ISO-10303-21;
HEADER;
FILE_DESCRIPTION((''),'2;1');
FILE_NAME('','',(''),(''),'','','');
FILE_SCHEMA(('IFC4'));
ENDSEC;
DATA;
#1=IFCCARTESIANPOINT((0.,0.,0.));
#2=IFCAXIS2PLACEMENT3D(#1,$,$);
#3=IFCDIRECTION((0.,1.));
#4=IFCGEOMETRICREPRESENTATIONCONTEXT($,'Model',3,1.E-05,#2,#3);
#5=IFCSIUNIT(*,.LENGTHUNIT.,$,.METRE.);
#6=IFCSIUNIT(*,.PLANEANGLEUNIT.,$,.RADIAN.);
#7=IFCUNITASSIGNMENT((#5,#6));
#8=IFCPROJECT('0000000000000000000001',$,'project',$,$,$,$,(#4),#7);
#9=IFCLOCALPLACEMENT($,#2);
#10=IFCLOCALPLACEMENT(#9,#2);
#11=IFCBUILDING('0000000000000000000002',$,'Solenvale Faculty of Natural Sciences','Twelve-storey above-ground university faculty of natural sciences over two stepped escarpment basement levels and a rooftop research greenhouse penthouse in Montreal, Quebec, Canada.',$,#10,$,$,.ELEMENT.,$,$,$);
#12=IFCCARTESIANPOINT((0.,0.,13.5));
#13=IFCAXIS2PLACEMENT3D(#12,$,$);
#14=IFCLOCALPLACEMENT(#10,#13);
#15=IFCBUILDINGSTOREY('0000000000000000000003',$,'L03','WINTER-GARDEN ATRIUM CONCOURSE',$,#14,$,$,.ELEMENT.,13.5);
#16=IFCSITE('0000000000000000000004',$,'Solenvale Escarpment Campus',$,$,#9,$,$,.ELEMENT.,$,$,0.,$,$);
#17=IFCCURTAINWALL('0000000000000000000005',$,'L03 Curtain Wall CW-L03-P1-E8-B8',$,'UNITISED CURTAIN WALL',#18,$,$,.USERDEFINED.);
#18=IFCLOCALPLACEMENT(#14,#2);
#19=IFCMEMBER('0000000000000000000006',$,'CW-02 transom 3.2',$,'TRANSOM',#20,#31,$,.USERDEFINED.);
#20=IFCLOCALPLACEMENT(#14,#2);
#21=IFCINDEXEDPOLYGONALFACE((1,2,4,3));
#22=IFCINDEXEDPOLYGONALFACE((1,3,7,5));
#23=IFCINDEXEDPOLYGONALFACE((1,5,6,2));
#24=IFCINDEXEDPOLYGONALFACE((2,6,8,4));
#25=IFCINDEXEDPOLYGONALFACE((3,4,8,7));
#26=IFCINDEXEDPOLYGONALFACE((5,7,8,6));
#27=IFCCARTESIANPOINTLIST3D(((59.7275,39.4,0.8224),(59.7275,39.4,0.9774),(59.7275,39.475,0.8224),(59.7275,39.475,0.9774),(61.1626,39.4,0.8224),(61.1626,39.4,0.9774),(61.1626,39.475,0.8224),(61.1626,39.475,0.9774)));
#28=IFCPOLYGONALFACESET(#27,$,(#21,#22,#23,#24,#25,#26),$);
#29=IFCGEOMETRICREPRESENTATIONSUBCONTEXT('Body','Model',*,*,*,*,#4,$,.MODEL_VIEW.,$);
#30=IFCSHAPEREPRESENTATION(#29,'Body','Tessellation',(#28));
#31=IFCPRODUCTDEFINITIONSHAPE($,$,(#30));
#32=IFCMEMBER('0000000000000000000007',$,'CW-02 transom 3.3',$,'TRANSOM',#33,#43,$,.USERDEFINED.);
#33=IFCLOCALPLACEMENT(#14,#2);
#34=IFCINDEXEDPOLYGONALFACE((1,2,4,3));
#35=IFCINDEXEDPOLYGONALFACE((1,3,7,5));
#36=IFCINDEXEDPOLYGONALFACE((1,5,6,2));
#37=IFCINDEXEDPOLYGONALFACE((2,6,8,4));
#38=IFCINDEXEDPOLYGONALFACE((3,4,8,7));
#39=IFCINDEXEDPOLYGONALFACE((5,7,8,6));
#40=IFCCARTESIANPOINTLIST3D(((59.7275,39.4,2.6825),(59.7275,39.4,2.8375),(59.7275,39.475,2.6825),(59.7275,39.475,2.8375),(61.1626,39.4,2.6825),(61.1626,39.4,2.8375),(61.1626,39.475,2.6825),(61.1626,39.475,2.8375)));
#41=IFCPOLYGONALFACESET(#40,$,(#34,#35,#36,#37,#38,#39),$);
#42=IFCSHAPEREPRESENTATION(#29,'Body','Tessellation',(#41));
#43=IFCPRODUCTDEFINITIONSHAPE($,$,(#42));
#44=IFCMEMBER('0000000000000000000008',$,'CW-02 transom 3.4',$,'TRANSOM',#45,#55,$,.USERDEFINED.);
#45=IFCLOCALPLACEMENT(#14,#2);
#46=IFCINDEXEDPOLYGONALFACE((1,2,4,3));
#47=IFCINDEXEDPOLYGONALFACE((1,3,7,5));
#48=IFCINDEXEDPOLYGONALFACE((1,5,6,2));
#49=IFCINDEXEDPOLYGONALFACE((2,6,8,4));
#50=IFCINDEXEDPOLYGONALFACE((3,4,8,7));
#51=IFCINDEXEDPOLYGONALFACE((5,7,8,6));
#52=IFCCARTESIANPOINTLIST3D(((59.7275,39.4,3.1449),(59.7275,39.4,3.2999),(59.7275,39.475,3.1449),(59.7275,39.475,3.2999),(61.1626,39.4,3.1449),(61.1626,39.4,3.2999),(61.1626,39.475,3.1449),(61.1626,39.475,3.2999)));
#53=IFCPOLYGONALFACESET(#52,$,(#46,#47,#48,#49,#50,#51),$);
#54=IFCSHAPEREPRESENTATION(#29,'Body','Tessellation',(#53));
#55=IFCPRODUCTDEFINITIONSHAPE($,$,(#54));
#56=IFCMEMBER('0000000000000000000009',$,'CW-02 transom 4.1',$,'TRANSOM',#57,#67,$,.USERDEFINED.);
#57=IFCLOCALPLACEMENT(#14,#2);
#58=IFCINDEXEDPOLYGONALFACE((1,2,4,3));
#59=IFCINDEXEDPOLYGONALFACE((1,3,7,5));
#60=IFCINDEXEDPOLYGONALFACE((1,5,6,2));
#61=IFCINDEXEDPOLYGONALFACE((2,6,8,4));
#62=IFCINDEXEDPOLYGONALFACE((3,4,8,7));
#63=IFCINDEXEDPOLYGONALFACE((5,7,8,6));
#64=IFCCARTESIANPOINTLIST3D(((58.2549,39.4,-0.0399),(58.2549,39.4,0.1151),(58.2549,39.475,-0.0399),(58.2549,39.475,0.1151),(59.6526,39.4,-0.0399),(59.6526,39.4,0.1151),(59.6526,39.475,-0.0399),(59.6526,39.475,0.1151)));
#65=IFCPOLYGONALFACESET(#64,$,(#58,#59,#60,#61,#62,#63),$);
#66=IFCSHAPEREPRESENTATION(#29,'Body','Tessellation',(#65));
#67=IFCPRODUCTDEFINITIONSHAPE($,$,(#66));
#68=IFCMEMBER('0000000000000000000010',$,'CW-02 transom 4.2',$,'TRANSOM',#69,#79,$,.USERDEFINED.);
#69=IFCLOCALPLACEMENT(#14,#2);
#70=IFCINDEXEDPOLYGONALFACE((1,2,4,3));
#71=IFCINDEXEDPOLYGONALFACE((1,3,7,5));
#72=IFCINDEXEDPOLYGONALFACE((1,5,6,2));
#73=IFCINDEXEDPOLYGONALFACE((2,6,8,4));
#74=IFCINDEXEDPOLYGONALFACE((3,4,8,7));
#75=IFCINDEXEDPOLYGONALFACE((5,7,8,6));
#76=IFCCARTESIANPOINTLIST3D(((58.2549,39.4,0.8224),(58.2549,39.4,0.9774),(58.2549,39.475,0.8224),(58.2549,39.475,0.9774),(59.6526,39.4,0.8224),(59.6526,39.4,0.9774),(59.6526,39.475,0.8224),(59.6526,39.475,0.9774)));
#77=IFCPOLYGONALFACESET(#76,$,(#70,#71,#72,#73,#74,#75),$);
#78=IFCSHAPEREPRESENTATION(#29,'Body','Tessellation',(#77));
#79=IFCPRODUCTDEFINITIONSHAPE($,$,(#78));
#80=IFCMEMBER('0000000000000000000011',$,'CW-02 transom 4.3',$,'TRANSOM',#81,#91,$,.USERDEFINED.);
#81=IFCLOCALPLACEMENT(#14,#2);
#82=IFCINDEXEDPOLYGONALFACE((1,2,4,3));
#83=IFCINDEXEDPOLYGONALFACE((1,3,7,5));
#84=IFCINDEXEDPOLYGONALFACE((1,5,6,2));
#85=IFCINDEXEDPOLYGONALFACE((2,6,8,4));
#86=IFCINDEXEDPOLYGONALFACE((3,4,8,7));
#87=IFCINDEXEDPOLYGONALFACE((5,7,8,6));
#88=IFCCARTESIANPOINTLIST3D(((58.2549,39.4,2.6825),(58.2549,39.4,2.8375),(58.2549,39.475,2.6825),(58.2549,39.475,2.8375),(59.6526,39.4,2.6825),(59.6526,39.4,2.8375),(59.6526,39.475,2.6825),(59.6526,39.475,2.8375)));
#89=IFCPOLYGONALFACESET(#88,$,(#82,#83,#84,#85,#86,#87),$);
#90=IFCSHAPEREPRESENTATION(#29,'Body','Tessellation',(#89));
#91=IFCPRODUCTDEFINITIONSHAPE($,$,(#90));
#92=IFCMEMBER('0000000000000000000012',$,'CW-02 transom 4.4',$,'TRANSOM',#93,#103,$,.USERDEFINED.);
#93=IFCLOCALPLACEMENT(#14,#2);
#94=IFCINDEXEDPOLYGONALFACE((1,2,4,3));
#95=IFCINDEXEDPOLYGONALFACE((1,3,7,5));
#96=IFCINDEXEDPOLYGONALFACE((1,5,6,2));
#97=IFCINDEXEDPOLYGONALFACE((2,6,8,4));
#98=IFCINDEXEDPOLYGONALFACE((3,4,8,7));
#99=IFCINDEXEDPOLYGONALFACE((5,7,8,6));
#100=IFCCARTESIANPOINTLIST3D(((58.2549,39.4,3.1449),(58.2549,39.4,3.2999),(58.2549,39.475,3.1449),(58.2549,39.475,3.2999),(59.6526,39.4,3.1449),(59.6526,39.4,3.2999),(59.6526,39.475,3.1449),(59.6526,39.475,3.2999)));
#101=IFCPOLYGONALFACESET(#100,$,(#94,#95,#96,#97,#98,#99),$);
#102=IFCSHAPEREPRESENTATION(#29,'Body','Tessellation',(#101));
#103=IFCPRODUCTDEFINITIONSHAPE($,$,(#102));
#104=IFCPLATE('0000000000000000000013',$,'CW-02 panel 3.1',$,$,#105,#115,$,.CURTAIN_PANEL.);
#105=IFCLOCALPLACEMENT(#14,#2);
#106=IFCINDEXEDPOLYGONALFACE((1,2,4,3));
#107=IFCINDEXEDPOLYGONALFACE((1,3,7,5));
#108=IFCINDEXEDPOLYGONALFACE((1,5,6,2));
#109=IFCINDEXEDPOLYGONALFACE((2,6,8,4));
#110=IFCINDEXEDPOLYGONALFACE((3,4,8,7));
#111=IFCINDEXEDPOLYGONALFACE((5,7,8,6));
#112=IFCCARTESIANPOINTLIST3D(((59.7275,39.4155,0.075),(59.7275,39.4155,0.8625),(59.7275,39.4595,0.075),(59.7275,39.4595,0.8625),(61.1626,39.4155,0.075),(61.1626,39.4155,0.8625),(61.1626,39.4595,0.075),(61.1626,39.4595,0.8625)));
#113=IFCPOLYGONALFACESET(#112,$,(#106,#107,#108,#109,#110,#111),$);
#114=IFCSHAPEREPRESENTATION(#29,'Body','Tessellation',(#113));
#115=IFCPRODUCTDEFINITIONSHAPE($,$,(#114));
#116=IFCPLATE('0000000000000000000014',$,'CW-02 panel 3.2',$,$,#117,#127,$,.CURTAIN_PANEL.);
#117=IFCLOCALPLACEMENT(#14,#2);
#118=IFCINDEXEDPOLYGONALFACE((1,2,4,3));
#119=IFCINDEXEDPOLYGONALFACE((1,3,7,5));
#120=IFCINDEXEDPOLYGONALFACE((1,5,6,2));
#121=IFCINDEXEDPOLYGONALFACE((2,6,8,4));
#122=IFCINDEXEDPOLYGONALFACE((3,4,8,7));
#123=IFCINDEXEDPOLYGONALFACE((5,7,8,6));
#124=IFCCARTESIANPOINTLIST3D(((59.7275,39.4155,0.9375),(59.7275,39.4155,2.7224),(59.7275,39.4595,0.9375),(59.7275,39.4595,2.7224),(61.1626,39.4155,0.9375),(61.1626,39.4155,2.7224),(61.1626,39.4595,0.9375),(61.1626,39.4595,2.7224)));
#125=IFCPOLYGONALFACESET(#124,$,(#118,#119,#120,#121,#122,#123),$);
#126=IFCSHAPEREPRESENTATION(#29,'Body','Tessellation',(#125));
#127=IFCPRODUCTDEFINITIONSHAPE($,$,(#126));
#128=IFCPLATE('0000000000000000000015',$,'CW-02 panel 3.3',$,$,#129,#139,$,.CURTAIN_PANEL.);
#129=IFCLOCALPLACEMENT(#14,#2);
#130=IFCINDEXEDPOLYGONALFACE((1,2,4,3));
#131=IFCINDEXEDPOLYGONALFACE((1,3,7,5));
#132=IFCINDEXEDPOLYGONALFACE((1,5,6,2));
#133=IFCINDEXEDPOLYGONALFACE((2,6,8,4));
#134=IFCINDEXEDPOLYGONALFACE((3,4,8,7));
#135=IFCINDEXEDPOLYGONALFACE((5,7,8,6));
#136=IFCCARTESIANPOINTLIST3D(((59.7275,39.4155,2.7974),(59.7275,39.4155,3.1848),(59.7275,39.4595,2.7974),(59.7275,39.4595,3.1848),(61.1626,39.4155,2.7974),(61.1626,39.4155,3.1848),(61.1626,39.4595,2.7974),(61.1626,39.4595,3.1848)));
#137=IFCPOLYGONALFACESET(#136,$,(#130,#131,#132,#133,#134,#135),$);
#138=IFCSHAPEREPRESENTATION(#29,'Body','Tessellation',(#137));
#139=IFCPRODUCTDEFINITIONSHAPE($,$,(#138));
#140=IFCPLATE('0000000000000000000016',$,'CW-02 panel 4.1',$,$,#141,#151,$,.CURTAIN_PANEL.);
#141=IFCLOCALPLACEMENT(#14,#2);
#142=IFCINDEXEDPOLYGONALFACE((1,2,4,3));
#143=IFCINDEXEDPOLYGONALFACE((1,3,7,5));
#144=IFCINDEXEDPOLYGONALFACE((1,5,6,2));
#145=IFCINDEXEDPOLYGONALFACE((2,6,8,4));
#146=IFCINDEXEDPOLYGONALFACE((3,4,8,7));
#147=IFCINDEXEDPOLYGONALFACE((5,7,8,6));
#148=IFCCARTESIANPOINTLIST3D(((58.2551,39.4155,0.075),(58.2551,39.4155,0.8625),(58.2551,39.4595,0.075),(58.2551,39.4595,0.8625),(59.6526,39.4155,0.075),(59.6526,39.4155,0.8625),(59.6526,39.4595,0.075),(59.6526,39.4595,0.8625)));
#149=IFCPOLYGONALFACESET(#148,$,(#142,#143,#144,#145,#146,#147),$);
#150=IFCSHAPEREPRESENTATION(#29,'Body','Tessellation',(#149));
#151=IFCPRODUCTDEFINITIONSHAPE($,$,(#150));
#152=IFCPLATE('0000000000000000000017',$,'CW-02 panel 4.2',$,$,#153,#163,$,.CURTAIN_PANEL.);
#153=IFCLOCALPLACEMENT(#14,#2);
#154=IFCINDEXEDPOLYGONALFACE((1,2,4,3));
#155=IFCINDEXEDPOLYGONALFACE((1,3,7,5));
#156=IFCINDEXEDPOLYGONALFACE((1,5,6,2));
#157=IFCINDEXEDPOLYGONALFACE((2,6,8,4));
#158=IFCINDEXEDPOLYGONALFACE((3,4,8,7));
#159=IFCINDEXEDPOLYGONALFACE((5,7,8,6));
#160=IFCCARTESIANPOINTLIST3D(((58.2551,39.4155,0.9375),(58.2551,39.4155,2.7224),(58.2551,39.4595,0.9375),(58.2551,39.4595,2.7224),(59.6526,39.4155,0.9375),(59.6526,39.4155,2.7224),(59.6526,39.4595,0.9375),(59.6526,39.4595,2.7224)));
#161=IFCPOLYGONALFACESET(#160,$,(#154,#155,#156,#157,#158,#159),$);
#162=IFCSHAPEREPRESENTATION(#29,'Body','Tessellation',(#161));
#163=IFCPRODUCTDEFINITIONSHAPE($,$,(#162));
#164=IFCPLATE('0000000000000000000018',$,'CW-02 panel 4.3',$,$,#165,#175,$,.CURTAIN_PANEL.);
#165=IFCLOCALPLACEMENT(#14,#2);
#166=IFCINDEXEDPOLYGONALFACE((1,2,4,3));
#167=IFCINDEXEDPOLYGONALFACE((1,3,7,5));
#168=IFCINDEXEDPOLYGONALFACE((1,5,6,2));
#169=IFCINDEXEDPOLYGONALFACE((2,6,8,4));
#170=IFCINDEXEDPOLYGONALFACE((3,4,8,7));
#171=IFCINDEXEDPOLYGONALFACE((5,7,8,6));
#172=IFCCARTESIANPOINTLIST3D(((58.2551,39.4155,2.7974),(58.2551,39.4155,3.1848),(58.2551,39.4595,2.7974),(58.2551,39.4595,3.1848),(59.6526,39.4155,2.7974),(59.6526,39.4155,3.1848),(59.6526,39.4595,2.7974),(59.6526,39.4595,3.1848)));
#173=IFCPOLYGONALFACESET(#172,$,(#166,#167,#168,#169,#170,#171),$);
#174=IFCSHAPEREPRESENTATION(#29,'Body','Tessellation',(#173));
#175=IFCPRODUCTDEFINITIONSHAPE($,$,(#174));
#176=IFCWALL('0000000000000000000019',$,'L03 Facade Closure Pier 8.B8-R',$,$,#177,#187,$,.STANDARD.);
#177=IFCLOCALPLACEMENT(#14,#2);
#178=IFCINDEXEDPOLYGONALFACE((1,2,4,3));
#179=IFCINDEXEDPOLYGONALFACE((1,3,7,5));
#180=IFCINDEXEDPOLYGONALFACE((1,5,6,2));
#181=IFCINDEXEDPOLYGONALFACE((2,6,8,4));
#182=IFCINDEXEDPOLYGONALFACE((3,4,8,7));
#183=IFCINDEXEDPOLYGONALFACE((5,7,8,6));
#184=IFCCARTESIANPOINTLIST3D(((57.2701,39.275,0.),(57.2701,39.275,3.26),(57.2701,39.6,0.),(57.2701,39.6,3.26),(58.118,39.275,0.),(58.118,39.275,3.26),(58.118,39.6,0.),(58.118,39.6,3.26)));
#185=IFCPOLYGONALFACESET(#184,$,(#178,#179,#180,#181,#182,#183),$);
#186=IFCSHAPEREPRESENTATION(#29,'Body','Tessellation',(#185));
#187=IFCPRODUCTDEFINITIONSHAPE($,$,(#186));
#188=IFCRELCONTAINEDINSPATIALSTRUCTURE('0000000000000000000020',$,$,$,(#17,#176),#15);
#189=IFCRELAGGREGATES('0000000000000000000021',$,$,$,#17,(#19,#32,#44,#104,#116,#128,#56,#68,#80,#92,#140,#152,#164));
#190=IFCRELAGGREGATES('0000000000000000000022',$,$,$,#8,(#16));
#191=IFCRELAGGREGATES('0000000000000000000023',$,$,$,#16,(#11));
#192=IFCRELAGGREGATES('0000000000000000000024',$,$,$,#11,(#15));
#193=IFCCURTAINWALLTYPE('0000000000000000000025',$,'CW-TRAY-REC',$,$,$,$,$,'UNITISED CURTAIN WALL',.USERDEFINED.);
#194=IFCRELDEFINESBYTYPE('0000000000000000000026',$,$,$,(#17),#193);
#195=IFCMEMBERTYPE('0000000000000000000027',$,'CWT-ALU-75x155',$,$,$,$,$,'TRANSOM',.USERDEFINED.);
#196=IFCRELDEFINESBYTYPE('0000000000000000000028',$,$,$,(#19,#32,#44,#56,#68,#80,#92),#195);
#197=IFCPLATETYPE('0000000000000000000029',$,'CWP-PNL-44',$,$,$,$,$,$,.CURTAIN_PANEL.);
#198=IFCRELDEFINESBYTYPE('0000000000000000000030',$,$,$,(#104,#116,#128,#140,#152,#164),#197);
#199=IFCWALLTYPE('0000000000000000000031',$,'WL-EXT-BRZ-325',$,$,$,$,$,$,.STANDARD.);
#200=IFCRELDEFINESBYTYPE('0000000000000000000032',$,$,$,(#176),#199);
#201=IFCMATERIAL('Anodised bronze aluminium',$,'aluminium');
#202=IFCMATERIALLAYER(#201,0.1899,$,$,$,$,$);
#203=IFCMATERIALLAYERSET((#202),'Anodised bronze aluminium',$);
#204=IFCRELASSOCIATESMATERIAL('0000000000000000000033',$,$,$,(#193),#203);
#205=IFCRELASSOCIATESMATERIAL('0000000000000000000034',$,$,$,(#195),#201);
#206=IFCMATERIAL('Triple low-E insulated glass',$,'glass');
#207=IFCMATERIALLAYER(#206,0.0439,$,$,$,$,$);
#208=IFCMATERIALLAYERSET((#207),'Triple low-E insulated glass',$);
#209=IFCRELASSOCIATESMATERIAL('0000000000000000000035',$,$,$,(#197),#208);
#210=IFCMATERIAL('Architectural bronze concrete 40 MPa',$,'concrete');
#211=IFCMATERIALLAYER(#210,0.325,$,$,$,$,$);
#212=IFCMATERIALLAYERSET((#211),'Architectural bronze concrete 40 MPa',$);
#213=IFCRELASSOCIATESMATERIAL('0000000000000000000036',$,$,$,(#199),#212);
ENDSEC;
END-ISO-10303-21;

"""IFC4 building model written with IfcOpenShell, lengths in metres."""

from ifc_helpers import new_model, si_unit, direction, frame, frame_2d, origin, origin_2d, place, context, subcontext, project, spatial, rectangle, extrude, material, layer, layer_set, material_profile, profile_set, type_object, element, aggregate, save


model = new_model("IFC4")

# Units and contexts
model_context = context("Model", 3, precision=1e-05, world=origin(), true_north=direction((0.0, 1.0)))
body_context = subcontext(model_context, "Body", "Model", "MODEL_VIEW")
ifc_project = project(units=[si_unit("LENGTHUNIT", "METRE"), si_unit("PLANEANGLEUNIT", "RADIAN")], contexts=[model_context])

# Site, building, storey
site_placement = place(None, origin())
site = spatial("IfcSite", under=ifc_project, at=site_placement, Name="Solenvale Escarpment Campus", CompositionType="ELEMENT", RefElevation=0.0)
building_placement = place(site_placement, origin())
building = spatial("IfcBuilding", under=site, at=building_placement, Name="Solenvale Faculty of Natural Sciences", Description="Twelve-storey above-ground university faculty of natural sciences over two stepped escarpment basement levels and a rooftop research greenhouse penthouse in Montreal, Quebec, Canada.", CompositionType="ELEMENT")
storey_placement = place(building_placement, frame((0.0, 0.0, 13.5)))
storey = spatial("IfcBuildingStorey", under=building, at=storey_placement, Name="L03", Description="WINTER-GARDEN ATRIUM CONCOURSE", CompositionType="ELEMENT", Elevation=13.5)

# Shared definitions
ifc_material_1 = material(Name="Architectural bronze concrete 40 MPa", Category="concrete")

# Curtain wall, members, plates
ifc_material_2 = material(Name="Anodised bronze aluminium", Category="aluminium")
ifc_layer_1 = layer(ifc_material_2, 0.1899)
ifc_layer_set_1 = layer_set([ifc_layer_1], Name="Anodised bronze aluminium")
curtain_wall_type = type_object("IfcCurtainWallType", Name="CW-TRAY-REC", ElementType="UNITISED CURTAIN WALL", PredefinedType="USERDEFINED", material=ifc_layer_set_1)
curtain_wall_placement = place(storey_placement, origin())
curtain_wall = element("IfcCurtainWall", 1, at=curtain_wall_placement, inside=storey, type_object=curtain_wall_type, Name="L03 Curtain Wall CW-L03-P1-E8-B8", ObjectType="UNITISED CURTAIN WALL", PredefinedType="USERDEFINED")
ifc_material_profile_1 = material_profile(ifc_material_2, rectangle(XDim=0.075, YDim=0.155, at=origin_2d()), Name="ALU-TRN-75x155")
ifc_profile_set_1 = profile_set([ifc_material_profile_1], Name="Anodised bronze aluminium")
member_type_1 = type_object("IfcMemberType", Name="CWT-ALU-75x155", ElementType="TRANSOM", PredefinedType="USERDEFINED", material=ifc_profile_set_1)
member_1_placement = place(storey_placement, frame((61.1626, 39.4375, 0.8999), z_axis=(-1.0, 0.0, 0.0), x_axis=(0.0, -1.0, 0.0)))
member_1 = element("IfcMember", 2, at=member_1_placement, type_object=member_type_1, Name="CW-02 transom 3.2", ObjectType="TRANSOM", PredefinedType="USERDEFINED", context=body_context, shape_type="SweptSolid", body=[
    extrude(rectangle(XDim=0.075, YDim=0.155, at=origin_2d()), origin(), (0.0, 0.0, 1.0), 1.4351),
])
member_2_placement = place(storey_placement, frame((61.1626, 39.4375, 2.76), z_axis=(-1.0, 0.0, 0.0), x_axis=(0.0, -1.0, 0.0)))
member_2 = element("IfcMember", 3, at=member_2_placement, type_object=member_type_1, Name="CW-02 transom 3.3", ObjectType="TRANSOM", PredefinedType="USERDEFINED", context=body_context, shape_type="SweptSolid", body=[
    extrude(rectangle(XDim=0.075, YDim=0.155, at=origin_2d()), origin(), (0.0, 0.0, 1.0), 1.4351),
])
member_3_placement = place(storey_placement, frame((61.1626, 39.4375, 3.2224), z_axis=(-1.0, 0.0, 0.0), x_axis=(0.0, -1.0, 0.0)))
member_3 = element("IfcMember", 4, at=member_3_placement, type_object=member_type_1, Name="CW-02 transom 3.4", ObjectType="TRANSOM", PredefinedType="USERDEFINED", context=body_context, shape_type="SweptSolid", body=[
    extrude(rectangle(XDim=0.075, YDim=0.155, at=origin_2d()), origin(), (0.0, 0.0, 1.0), 1.4351),
])
member_4_placement = place(storey_placement, frame((59.6526, 39.4375, 0.0376), z_axis=(-1.0, 0.0, 0.0), x_axis=(0.0, -1.0, 0.0)))
member_4 = element("IfcMember", 5, at=member_4_placement, type_object=member_type_1, Name="CW-02 transom 4.1", ObjectType="TRANSOM", PredefinedType="USERDEFINED", context=body_context, shape_type="SweptSolid", body=[
    extrude(rectangle(XDim=0.075, YDim=0.155, at=origin_2d()), origin(), (0.0, 0.0, 1.0), 1.3977),
])
member_5_placement = place(storey_placement, frame((59.6526, 39.4375, 0.8999), z_axis=(-1.0, 0.0, 0.0), x_axis=(0.0, -1.0, 0.0)))
member_5 = element("IfcMember", 6, at=member_5_placement, type_object=member_type_1, Name="CW-02 transom 4.2", ObjectType="TRANSOM", PredefinedType="USERDEFINED", context=body_context, shape_type="SweptSolid", body=[
    extrude(rectangle(XDim=0.075, YDim=0.155, at=origin_2d()), origin(), (0.0, 0.0, 1.0), 1.3977),
])
member_6_placement = place(storey_placement, frame((59.6526, 39.4375, 2.76), z_axis=(-1.0, 0.0, 0.0), x_axis=(0.0, -1.0, 0.0)))
member_6 = element("IfcMember", 7, at=member_6_placement, type_object=member_type_1, Name="CW-02 transom 4.3", ObjectType="TRANSOM", PredefinedType="USERDEFINED", context=body_context, shape_type="SweptSolid", body=[
    extrude(rectangle(XDim=0.075, YDim=0.155, at=origin_2d()), origin(), (0.0, 0.0, 1.0), 1.3977),
])
member_7_placement = place(storey_placement, frame((59.6526, 39.4375, 3.2224), z_axis=(-1.0, 0.0, 0.0), x_axis=(0.0, -1.0, 0.0)))
member_7 = element("IfcMember", 8, at=member_7_placement, type_object=member_type_1, Name="CW-02 transom 4.4", ObjectType="TRANSOM", PredefinedType="USERDEFINED", context=body_context, shape_type="SweptSolid", body=[
    extrude(rectangle(XDim=0.075, YDim=0.155, at=origin_2d()), origin(), (0.0, 0.0, 1.0), 1.3977),
])
ifc_material_3 = material(Name="Triple low-E insulated glass", Category="glass")
ifc_layer_2 = layer(ifc_material_3, 0.0439)
ifc_layer_set_2 = layer_set([ifc_layer_2], Name="Triple low-E insulated glass")
plate_type = type_object("IfcPlateType", Name="CWP-PNL-44", PredefinedType="CURTAIN_PANEL", material=ifc_layer_set_2)
plate_1_placement = place(storey_placement, frame((60.4451, 39.4375, 0.075), z_axis=(0.0, 0.0, 1.0), x_axis=(-1.0, 0.0, 0.0)))
plate_1 = element("IfcPlate", 9, at=plate_1_placement, type_object=plate_type, Name="CW-02 panel 3.1", PredefinedType="CURTAIN_PANEL", context=body_context, shape_type="SweptSolid", body=[
    extrude(rectangle(XDim=1.4351, YDim=0.0439, at=origin_2d()), origin(), (0.0, 0.0, 1.0), 0.7876),
])
plate_2_placement = place(storey_placement, frame((60.4451, 39.4375, 0.9375), z_axis=(0.0, 0.0, 1.0), x_axis=(-1.0, 0.0, 0.0)))
plate_2 = element("IfcPlate", 10, at=plate_2_placement, type_object=plate_type, Name="CW-02 panel 3.2", PredefinedType="CURTAIN_PANEL", context=body_context, shape_type="SweptSolid", body=[
    extrude(rectangle(XDim=1.4351, YDim=0.0439, at=origin_2d()), origin(), (0.0, 0.0, 1.0), 1.7849),
])
plate_3_placement = place(storey_placement, frame((60.4451, 39.4375, 2.7974), z_axis=(0.0, 0.0, 1.0), x_axis=(-1.0, 0.0, 0.0)))
plate_3 = element("IfcPlate", 11, at=plate_3_placement, type_object=plate_type, Name="CW-02 panel 3.3", PredefinedType="CURTAIN_PANEL", context=body_context, shape_type="SweptSolid", body=[
    extrude(rectangle(XDim=1.4351, YDim=0.0439, at=origin_2d()), origin(), (0.0, 0.0, 1.0), 0.3875),
])
plate_4_placement = place(storey_placement, frame((58.9539, 39.4375, 0.075), z_axis=(0.0, 0.0, 1.0), x_axis=(-1.0, 0.0, 0.0)))
plate_4 = element("IfcPlate", 12, at=plate_4_placement, type_object=plate_type, Name="CW-02 panel 4.1", PredefinedType="CURTAIN_PANEL", context=body_context, shape_type="SweptSolid", body=[
    extrude(rectangle(XDim=1.3975, YDim=0.0439, at=origin_2d()), origin(), (0.0, 0.0, 1.0), 0.7876),
])
plate_5_placement = place(storey_placement, frame((58.9539, 39.4375, 0.9375), z_axis=(0.0, 0.0, 1.0), x_axis=(-1.0, 0.0, 0.0)))
plate_5 = element("IfcPlate", 13, at=plate_5_placement, type_object=plate_type, Name="CW-02 panel 4.2", PredefinedType="CURTAIN_PANEL", context=body_context, shape_type="SweptSolid", body=[
    extrude(rectangle(XDim=1.3975, YDim=0.0439, at=origin_2d()), origin(), (0.0, 0.0, 1.0), 1.7849),
])
plate_6_placement = place(storey_placement, frame((58.9539, 39.4375, 2.7974), z_axis=(0.0, 0.0, 1.0), x_axis=(-1.0, 0.0, 0.0)))
plate_6 = element("IfcPlate", 14, at=plate_6_placement, type_object=plate_type, Name="CW-02 panel 4.3", PredefinedType="CURTAIN_PANEL", context=body_context, shape_type="SweptSolid", body=[
    extrude(rectangle(XDim=1.3975, YDim=0.0439, at=origin_2d()), origin(), (0.0, 0.0, 1.0), 0.3875),
])
aggregate(curtain_wall, [member_1, member_2, member_3, plate_1, plate_2, plate_3, member_4, member_5, member_6, member_7, plate_4, plate_5, plate_6])

# Wall
ifc_layer_3 = layer(ifc_material_1, 0.325)
ifc_layer_set_3 = layer_set([ifc_layer_3], Name="Architectural bronze concrete 40 MPa")
wall_type_1 = type_object("IfcWallType", Name="WL-EXT-BRZ-325", PredefinedType="STANDARD", material=ifc_layer_set_3)
wall_1_placement = place(storey_placement, frame((58.1179, 39.4375, 0.0), z_axis=(0.0, 0.0, 1.0), x_axis=(-1.0, 0.0, 0.0)))
element("IfcWall", 15, at=wall_1_placement, inside=storey, type_object=wall_type_1, Name="L03 Facade Closure Pier 8.B8-R", PredefinedType="STANDARD", context=body_context, shape_type="SweptSolid", body=[
    extrude(rectangle(XDim=0.8479, YDim=0.325, at=frame_2d((0.4238, 0.0))), origin(), (0.0, 0.0, 1.0), 3.26),
])

save(model, "model.ifc")
